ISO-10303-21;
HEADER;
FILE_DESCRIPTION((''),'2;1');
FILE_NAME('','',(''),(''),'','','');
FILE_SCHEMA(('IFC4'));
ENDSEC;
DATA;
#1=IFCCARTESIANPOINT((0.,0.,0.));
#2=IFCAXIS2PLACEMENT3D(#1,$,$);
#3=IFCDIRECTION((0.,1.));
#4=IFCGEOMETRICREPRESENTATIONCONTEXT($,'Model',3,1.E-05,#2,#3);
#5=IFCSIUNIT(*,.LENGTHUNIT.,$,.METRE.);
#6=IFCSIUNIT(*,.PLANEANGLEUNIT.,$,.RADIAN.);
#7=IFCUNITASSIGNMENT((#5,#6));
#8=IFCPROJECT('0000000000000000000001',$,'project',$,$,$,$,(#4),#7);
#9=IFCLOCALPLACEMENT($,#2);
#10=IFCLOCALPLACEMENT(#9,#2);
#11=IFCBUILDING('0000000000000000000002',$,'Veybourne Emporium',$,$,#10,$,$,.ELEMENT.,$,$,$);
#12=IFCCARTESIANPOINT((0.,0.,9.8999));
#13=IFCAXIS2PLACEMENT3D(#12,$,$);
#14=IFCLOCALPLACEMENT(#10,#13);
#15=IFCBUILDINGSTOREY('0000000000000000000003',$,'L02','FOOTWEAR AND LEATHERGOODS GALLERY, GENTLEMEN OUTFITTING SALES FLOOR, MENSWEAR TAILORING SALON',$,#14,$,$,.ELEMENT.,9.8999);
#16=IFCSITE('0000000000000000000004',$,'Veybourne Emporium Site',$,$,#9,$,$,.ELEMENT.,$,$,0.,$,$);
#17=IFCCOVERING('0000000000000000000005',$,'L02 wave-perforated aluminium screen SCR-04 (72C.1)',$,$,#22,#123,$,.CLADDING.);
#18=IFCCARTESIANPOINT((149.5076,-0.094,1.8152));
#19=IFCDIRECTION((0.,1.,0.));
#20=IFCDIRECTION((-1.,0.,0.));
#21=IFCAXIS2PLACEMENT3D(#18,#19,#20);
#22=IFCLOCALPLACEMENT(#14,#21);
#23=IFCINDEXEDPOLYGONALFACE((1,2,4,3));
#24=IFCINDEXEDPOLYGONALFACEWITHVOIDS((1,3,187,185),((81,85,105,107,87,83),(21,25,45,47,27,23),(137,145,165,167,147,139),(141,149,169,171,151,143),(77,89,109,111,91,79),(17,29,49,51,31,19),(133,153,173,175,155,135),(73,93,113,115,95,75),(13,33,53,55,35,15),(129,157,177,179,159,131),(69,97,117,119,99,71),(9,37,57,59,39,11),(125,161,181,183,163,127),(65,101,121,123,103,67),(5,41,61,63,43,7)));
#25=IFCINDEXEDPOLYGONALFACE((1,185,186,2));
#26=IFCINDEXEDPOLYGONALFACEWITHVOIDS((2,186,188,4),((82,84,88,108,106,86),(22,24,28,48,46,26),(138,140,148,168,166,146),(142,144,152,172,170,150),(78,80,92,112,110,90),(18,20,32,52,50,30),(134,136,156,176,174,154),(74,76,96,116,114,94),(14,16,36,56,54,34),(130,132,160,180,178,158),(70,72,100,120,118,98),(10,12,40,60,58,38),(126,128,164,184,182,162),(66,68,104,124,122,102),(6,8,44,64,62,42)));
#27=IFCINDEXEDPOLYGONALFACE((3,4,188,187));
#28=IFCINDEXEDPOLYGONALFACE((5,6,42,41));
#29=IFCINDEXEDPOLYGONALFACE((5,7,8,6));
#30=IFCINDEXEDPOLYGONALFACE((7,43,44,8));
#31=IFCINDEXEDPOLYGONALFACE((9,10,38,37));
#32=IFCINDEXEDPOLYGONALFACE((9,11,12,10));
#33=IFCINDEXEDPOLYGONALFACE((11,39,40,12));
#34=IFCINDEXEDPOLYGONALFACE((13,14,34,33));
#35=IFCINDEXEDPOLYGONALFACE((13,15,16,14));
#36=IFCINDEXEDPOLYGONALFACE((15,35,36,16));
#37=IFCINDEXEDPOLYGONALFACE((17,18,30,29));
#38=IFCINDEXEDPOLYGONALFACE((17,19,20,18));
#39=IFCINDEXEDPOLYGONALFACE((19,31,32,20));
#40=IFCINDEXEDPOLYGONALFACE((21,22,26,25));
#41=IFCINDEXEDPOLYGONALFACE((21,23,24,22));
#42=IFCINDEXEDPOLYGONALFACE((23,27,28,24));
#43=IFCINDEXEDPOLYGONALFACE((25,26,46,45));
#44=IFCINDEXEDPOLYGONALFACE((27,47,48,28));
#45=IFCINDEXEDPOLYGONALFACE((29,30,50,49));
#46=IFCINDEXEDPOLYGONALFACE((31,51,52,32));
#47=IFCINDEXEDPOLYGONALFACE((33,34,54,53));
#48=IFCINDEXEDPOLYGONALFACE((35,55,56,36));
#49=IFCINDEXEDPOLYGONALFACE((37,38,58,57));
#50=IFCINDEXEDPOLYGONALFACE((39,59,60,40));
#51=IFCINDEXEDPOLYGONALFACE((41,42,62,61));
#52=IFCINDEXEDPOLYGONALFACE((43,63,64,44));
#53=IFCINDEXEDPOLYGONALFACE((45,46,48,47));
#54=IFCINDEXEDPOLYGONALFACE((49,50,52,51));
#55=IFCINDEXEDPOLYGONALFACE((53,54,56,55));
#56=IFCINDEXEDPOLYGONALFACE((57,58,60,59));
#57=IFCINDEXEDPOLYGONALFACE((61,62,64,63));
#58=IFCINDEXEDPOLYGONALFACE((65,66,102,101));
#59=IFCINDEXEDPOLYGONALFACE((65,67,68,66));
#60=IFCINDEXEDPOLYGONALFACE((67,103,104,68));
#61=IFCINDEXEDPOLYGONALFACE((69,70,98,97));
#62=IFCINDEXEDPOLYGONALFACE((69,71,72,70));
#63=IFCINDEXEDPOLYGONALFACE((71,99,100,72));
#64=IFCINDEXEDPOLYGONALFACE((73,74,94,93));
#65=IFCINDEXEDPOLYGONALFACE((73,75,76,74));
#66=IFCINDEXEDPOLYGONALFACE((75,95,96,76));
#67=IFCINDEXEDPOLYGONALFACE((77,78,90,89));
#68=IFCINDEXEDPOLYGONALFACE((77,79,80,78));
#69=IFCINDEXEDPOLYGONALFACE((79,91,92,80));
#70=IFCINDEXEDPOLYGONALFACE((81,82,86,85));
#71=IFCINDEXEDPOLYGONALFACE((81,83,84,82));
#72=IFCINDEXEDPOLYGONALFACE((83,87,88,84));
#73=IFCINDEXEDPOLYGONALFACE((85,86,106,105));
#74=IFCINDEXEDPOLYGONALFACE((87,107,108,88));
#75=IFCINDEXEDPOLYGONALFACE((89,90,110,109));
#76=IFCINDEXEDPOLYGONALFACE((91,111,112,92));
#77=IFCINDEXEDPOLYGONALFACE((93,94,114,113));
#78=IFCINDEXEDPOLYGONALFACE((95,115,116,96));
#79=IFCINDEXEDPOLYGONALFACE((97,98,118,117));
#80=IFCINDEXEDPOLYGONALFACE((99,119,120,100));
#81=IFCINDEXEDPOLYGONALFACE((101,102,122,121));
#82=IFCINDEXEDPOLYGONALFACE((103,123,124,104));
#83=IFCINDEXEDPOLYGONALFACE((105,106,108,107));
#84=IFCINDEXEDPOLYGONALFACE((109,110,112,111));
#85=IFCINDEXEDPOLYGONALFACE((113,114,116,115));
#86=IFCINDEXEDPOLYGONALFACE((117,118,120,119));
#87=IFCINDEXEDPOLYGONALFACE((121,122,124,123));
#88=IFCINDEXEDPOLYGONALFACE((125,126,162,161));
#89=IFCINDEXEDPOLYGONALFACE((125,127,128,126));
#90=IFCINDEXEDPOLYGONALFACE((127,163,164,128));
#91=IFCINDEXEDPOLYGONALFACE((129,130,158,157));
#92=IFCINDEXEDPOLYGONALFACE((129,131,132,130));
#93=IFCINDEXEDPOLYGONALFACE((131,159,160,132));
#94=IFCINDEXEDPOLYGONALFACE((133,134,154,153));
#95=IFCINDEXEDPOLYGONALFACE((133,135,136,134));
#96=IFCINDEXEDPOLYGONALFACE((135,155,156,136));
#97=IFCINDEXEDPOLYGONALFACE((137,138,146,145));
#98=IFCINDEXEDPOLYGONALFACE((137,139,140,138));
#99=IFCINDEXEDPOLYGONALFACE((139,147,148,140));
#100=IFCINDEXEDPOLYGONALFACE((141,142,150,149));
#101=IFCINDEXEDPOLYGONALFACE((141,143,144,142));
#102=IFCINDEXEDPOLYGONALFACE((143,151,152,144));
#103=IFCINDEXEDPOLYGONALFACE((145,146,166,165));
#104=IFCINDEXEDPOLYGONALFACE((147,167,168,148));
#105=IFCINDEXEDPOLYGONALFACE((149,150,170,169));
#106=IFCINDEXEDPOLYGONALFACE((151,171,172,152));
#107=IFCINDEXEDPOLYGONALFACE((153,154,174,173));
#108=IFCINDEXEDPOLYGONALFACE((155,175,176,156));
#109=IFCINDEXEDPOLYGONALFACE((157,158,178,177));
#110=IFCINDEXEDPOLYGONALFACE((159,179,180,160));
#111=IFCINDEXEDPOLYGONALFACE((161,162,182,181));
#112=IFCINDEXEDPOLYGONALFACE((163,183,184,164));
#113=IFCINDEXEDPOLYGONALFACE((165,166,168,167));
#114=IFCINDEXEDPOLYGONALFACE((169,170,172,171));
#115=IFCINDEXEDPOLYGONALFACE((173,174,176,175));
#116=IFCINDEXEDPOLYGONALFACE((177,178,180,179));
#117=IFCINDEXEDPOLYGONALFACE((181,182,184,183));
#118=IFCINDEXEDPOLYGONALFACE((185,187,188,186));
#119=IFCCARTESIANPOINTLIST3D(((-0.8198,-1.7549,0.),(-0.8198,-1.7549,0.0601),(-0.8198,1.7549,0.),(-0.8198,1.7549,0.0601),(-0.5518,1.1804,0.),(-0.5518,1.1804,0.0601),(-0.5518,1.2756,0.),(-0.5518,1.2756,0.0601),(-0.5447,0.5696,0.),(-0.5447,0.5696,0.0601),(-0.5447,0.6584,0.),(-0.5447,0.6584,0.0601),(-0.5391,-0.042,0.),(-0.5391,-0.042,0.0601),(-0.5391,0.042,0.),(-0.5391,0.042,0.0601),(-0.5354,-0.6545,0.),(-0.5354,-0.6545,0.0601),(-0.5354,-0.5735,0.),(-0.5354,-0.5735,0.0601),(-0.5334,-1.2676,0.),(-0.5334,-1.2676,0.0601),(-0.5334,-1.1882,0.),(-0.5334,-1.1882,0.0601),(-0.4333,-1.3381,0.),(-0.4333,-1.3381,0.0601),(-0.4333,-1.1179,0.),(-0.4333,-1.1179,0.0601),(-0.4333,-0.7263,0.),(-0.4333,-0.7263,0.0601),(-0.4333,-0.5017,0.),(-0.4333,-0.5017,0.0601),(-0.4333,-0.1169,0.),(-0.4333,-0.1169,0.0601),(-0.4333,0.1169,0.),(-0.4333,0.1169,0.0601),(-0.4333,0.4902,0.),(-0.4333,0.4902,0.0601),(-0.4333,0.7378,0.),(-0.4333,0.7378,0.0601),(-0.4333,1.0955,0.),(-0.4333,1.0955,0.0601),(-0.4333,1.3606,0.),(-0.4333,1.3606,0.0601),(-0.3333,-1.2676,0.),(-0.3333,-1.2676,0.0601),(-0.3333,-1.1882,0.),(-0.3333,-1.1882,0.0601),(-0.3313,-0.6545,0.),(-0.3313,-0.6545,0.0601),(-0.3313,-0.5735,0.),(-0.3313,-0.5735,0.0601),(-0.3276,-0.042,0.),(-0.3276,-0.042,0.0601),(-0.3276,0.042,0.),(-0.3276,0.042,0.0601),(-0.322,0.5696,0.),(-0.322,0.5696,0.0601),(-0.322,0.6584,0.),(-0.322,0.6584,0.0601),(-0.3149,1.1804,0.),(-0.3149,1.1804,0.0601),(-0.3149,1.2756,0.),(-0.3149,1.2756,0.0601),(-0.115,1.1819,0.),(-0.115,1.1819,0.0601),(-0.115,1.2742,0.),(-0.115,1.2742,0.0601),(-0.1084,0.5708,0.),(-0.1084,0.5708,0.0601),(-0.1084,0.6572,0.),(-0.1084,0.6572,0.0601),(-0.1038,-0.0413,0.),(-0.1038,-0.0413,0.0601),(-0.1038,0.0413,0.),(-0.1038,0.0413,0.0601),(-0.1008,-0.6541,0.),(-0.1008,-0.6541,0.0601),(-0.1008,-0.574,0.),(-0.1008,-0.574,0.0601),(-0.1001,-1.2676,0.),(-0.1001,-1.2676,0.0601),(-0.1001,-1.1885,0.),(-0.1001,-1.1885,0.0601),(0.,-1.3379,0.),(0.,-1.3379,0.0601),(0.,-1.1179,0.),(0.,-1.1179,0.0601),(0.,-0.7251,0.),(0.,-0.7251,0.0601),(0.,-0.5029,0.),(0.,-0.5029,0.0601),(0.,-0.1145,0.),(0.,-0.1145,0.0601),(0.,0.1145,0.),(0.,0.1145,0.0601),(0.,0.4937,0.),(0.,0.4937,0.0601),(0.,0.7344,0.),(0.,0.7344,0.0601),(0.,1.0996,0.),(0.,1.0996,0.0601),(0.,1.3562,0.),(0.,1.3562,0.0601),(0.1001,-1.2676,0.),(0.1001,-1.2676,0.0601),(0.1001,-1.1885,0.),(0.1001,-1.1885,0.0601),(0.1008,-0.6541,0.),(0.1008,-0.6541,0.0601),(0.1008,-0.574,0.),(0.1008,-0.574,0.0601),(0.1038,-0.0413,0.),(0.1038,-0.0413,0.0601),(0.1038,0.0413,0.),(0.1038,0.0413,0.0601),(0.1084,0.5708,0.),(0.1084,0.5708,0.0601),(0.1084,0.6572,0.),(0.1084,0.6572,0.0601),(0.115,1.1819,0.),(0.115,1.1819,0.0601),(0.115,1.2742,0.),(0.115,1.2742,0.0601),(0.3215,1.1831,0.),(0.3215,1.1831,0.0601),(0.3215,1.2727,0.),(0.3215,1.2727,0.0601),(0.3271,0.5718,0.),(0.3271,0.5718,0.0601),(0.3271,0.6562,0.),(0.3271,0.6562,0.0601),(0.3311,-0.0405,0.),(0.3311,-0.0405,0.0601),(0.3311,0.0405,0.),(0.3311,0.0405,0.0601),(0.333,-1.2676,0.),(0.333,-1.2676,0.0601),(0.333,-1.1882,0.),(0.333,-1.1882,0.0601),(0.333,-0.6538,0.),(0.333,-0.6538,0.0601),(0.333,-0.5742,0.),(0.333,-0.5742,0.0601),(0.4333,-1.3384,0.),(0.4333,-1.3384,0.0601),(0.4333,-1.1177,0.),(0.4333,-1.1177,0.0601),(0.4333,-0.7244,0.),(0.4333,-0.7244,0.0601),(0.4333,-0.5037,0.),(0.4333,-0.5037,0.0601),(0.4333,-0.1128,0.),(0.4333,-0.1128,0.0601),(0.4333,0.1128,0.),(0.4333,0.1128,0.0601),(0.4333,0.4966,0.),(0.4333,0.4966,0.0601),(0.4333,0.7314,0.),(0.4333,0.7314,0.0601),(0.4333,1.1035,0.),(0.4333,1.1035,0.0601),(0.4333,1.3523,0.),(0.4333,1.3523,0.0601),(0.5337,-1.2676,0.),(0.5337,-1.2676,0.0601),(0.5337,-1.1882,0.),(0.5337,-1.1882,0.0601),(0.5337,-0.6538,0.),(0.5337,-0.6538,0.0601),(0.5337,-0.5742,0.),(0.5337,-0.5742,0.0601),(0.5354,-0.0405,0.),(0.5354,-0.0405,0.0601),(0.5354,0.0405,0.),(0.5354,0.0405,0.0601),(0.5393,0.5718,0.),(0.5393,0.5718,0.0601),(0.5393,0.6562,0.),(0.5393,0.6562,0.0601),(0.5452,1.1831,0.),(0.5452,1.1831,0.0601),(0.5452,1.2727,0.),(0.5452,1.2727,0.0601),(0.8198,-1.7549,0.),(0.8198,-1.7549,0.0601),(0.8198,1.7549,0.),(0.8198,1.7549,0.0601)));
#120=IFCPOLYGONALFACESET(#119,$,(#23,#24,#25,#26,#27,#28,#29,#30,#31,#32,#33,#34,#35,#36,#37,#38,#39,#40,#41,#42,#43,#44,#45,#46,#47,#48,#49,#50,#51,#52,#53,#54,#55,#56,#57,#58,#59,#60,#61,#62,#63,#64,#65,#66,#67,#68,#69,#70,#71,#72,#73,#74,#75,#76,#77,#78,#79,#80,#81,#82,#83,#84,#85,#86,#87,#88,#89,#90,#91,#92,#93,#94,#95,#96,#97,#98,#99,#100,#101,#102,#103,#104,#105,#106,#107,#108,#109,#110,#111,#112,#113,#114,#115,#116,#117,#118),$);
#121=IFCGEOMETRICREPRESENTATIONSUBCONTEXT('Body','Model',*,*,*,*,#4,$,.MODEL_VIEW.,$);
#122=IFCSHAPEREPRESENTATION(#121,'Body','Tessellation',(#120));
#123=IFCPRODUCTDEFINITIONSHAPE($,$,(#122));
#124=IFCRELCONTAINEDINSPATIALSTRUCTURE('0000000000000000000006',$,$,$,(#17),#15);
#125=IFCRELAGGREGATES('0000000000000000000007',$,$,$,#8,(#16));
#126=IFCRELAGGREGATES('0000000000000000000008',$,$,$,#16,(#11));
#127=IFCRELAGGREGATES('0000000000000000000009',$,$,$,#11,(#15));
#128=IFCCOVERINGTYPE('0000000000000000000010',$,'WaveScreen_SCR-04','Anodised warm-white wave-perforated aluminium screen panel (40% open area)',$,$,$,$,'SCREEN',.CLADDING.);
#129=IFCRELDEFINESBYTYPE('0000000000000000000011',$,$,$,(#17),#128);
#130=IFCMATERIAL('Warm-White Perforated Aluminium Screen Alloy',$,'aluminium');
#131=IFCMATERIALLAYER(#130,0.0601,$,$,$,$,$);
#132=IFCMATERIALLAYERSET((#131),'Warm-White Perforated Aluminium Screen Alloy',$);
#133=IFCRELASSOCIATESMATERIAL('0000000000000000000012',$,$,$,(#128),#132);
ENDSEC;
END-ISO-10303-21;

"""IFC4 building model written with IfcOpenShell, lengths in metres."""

from ifc_helpers import new_model, si_unit, direction, frame, origin, place, context, subcontext, project, spatial, polyline, outline, extrude, material, layer, layer_set, type_object, element, save


model = new_model("IFC4")

# Units and contexts
model_context = context("Model", 3, precision=1e-05, world=origin(), true_north=direction((0.0, 1.0)))
body_context = subcontext(model_context, "Body", "Model", "MODEL_VIEW")
ifc_project = project(units=[si_unit("LENGTHUNIT", "METRE"), si_unit("PLANEANGLEUNIT", "RADIAN")], contexts=[model_context])

# Site, building, storey
site_placement = place(None, origin())
site = spatial("IfcSite", under=ifc_project, at=site_placement, Name="Veybourne Emporium Site", CompositionType="ELEMENT", RefElevation=0.0)
building_placement = place(site_placement, origin())
building = spatial("IfcBuilding", under=site, at=building_placement, Name="Veybourne Emporium", CompositionType="ELEMENT")
storey_placement = place(building_placement, frame((0.0, 0.0, 9.8999)))
storey = spatial("IfcBuildingStorey", under=building, at=storey_placement, Name="L02", Description="FOOTWEAR AND LEATHERGOODS GALLERY, GENTLEMEN OUTFITTING SALES FLOOR, MENSWEAR TAILORING SALON", CompositionType="ELEMENT", Elevation=9.8999)

# Covering
ifc_material_1 = material(Name="Warm-White Perforated Aluminium Screen Alloy", Category="aluminium")
ifc_layer_1 = layer(ifc_material_1, 0.0601)
ifc_layer_set_1 = layer_set([ifc_layer_1], Name="Warm-White Perforated Aluminium Screen Alloy")
covering_type_1 = type_object("IfcCoveringType", Name="WaveScreen_SCR-04", Description="Anodised warm-white wave-perforated aluminium screen panel (40% open area)", ElementType="SCREEN", PredefinedType="CLADDING", material=ifc_layer_set_1)
covering_1_placement = place(storey_placement, frame((149.5076, -0.094, 1.8152), z_axis=(0.0, 1.0, 0.0), x_axis=(-1.0, 0.0, 0.0)))
element("IfcCovering", 1, at=covering_1_placement, inside=storey, type_object=covering_type_1, Name="L02 wave-perforated aluminium screen SCR-04 (72C.1)", PredefinedType="CLADDING", context=body_context, shape_type="SweptSolid", body=[
    extrude(outline(polyline([(-0.8198, -1.7549), (0.8198, -1.7549), (0.8198, 1.7549), (-0.8198, 1.7549), (-0.8198, -1.7549)]), holes=[polyline([(-0.4333, -1.1179), (-0.3333, -1.1882), (-0.3333, -1.2676), (-0.4333, -1.3381), (-0.5334, -1.2676), (-0.5334, -1.1882), (-0.4333, -1.1179)]), polyline([(-0.4333, -0.5017), (-0.3313, -0.5735), (-0.3313, -0.6545), (-0.4333, -0.7263), (-0.5354, -0.6545), (-0.5354, -0.5735), (-0.4333, -0.5017)]), polyline([(-0.4333, 0.1169), (-0.3276, 0.042), (-0.3276, -0.042), (-0.4333, -0.1169), (-0.5391, -0.042), (-0.5391, 0.042), (-0.4333, 0.1169)]), polyline([(-0.4333, 0.7378), (-0.322, 0.6584), (-0.322, 0.5696), (-0.4333, 0.4902), (-0.5447, 0.5696), (-0.5447, 0.6584), (-0.4333, 0.7378)]), polyline([(-0.4333, 1.3606), (-0.3149, 1.2756), (-0.3149, 1.1804), (-0.4333, 1.0955), (-0.5518, 1.1804), (-0.5518, 1.2756), (-0.4333, 1.3606)]), polyline([(0.0, -1.1179), (0.1001, -1.1885), (0.1001, -1.2676), (0.0, -1.3379), (-0.1001, -1.2676), (-0.1001, -1.1885), (0.0, -1.1179)]), polyline([(0.0, -0.5029), (0.1008, -0.574), (0.1008, -0.6541), (0.0, -0.7251), (-0.1008, -0.6541), (-0.1008, -0.574), (0.0, -0.5029)]), polyline([(0.0, 0.1145), (0.1038, 0.0413), (0.1038, -0.0413), (0.0, -0.1145), (-0.1038, -0.0413), (-0.1038, 0.0413), (0.0, 0.1145)]), polyline([(0.0, 0.7344), (0.1084, 0.6572), (0.1084, 0.5708), (0.0, 0.4937), (-0.1084, 0.5708), (-0.1084, 0.6572), (0.0, 0.7344)]), polyline([(0.0, 1.3562), (0.115, 1.2742), (0.115, 1.1819), (0.0, 1.0996), (-0.115, 1.1819), (-0.115, 1.2742), (0.0, 1.3562)]), polyline([(0.4333, -1.1177), (0.5337, -1.1882), (0.5337, -1.2676), (0.4333, -1.3384), (0.333, -1.2676), (0.333, -1.1882), (0.4333, -1.1177)]), polyline([(0.4333, -0.5037), (0.5337, -0.5742), (0.5337, -0.6538), (0.4333, -0.7244), (0.333, -0.6538), (0.333, -0.5742), (0.4333, -0.5037)]), polyline([(0.4333, 0.1128), (0.5354, 0.0405), (0.5354, -0.0405), (0.4333, -0.1128), (0.3311, -0.0405), (0.3311, 0.0405), (0.4333, 0.1128)]), polyline([(0.4333, 0.7314), (0.5393, 0.6562), (0.5393, 0.5718), (0.4333, 0.4966), (0.3271, 0.5718), (0.3271, 0.6562), (0.4333, 0.7314)]), polyline([(0.4333, 1.3523), (0.5452, 1.2727), (0.5452, 1.1831), (0.4333, 1.1035), (0.3215, 1.1831), (0.3215, 1.2727), (0.4333, 1.3523)])]), origin(), (0.0, 0.0, 1.0), 0.0601),
])

save(model, "model.ifc")
